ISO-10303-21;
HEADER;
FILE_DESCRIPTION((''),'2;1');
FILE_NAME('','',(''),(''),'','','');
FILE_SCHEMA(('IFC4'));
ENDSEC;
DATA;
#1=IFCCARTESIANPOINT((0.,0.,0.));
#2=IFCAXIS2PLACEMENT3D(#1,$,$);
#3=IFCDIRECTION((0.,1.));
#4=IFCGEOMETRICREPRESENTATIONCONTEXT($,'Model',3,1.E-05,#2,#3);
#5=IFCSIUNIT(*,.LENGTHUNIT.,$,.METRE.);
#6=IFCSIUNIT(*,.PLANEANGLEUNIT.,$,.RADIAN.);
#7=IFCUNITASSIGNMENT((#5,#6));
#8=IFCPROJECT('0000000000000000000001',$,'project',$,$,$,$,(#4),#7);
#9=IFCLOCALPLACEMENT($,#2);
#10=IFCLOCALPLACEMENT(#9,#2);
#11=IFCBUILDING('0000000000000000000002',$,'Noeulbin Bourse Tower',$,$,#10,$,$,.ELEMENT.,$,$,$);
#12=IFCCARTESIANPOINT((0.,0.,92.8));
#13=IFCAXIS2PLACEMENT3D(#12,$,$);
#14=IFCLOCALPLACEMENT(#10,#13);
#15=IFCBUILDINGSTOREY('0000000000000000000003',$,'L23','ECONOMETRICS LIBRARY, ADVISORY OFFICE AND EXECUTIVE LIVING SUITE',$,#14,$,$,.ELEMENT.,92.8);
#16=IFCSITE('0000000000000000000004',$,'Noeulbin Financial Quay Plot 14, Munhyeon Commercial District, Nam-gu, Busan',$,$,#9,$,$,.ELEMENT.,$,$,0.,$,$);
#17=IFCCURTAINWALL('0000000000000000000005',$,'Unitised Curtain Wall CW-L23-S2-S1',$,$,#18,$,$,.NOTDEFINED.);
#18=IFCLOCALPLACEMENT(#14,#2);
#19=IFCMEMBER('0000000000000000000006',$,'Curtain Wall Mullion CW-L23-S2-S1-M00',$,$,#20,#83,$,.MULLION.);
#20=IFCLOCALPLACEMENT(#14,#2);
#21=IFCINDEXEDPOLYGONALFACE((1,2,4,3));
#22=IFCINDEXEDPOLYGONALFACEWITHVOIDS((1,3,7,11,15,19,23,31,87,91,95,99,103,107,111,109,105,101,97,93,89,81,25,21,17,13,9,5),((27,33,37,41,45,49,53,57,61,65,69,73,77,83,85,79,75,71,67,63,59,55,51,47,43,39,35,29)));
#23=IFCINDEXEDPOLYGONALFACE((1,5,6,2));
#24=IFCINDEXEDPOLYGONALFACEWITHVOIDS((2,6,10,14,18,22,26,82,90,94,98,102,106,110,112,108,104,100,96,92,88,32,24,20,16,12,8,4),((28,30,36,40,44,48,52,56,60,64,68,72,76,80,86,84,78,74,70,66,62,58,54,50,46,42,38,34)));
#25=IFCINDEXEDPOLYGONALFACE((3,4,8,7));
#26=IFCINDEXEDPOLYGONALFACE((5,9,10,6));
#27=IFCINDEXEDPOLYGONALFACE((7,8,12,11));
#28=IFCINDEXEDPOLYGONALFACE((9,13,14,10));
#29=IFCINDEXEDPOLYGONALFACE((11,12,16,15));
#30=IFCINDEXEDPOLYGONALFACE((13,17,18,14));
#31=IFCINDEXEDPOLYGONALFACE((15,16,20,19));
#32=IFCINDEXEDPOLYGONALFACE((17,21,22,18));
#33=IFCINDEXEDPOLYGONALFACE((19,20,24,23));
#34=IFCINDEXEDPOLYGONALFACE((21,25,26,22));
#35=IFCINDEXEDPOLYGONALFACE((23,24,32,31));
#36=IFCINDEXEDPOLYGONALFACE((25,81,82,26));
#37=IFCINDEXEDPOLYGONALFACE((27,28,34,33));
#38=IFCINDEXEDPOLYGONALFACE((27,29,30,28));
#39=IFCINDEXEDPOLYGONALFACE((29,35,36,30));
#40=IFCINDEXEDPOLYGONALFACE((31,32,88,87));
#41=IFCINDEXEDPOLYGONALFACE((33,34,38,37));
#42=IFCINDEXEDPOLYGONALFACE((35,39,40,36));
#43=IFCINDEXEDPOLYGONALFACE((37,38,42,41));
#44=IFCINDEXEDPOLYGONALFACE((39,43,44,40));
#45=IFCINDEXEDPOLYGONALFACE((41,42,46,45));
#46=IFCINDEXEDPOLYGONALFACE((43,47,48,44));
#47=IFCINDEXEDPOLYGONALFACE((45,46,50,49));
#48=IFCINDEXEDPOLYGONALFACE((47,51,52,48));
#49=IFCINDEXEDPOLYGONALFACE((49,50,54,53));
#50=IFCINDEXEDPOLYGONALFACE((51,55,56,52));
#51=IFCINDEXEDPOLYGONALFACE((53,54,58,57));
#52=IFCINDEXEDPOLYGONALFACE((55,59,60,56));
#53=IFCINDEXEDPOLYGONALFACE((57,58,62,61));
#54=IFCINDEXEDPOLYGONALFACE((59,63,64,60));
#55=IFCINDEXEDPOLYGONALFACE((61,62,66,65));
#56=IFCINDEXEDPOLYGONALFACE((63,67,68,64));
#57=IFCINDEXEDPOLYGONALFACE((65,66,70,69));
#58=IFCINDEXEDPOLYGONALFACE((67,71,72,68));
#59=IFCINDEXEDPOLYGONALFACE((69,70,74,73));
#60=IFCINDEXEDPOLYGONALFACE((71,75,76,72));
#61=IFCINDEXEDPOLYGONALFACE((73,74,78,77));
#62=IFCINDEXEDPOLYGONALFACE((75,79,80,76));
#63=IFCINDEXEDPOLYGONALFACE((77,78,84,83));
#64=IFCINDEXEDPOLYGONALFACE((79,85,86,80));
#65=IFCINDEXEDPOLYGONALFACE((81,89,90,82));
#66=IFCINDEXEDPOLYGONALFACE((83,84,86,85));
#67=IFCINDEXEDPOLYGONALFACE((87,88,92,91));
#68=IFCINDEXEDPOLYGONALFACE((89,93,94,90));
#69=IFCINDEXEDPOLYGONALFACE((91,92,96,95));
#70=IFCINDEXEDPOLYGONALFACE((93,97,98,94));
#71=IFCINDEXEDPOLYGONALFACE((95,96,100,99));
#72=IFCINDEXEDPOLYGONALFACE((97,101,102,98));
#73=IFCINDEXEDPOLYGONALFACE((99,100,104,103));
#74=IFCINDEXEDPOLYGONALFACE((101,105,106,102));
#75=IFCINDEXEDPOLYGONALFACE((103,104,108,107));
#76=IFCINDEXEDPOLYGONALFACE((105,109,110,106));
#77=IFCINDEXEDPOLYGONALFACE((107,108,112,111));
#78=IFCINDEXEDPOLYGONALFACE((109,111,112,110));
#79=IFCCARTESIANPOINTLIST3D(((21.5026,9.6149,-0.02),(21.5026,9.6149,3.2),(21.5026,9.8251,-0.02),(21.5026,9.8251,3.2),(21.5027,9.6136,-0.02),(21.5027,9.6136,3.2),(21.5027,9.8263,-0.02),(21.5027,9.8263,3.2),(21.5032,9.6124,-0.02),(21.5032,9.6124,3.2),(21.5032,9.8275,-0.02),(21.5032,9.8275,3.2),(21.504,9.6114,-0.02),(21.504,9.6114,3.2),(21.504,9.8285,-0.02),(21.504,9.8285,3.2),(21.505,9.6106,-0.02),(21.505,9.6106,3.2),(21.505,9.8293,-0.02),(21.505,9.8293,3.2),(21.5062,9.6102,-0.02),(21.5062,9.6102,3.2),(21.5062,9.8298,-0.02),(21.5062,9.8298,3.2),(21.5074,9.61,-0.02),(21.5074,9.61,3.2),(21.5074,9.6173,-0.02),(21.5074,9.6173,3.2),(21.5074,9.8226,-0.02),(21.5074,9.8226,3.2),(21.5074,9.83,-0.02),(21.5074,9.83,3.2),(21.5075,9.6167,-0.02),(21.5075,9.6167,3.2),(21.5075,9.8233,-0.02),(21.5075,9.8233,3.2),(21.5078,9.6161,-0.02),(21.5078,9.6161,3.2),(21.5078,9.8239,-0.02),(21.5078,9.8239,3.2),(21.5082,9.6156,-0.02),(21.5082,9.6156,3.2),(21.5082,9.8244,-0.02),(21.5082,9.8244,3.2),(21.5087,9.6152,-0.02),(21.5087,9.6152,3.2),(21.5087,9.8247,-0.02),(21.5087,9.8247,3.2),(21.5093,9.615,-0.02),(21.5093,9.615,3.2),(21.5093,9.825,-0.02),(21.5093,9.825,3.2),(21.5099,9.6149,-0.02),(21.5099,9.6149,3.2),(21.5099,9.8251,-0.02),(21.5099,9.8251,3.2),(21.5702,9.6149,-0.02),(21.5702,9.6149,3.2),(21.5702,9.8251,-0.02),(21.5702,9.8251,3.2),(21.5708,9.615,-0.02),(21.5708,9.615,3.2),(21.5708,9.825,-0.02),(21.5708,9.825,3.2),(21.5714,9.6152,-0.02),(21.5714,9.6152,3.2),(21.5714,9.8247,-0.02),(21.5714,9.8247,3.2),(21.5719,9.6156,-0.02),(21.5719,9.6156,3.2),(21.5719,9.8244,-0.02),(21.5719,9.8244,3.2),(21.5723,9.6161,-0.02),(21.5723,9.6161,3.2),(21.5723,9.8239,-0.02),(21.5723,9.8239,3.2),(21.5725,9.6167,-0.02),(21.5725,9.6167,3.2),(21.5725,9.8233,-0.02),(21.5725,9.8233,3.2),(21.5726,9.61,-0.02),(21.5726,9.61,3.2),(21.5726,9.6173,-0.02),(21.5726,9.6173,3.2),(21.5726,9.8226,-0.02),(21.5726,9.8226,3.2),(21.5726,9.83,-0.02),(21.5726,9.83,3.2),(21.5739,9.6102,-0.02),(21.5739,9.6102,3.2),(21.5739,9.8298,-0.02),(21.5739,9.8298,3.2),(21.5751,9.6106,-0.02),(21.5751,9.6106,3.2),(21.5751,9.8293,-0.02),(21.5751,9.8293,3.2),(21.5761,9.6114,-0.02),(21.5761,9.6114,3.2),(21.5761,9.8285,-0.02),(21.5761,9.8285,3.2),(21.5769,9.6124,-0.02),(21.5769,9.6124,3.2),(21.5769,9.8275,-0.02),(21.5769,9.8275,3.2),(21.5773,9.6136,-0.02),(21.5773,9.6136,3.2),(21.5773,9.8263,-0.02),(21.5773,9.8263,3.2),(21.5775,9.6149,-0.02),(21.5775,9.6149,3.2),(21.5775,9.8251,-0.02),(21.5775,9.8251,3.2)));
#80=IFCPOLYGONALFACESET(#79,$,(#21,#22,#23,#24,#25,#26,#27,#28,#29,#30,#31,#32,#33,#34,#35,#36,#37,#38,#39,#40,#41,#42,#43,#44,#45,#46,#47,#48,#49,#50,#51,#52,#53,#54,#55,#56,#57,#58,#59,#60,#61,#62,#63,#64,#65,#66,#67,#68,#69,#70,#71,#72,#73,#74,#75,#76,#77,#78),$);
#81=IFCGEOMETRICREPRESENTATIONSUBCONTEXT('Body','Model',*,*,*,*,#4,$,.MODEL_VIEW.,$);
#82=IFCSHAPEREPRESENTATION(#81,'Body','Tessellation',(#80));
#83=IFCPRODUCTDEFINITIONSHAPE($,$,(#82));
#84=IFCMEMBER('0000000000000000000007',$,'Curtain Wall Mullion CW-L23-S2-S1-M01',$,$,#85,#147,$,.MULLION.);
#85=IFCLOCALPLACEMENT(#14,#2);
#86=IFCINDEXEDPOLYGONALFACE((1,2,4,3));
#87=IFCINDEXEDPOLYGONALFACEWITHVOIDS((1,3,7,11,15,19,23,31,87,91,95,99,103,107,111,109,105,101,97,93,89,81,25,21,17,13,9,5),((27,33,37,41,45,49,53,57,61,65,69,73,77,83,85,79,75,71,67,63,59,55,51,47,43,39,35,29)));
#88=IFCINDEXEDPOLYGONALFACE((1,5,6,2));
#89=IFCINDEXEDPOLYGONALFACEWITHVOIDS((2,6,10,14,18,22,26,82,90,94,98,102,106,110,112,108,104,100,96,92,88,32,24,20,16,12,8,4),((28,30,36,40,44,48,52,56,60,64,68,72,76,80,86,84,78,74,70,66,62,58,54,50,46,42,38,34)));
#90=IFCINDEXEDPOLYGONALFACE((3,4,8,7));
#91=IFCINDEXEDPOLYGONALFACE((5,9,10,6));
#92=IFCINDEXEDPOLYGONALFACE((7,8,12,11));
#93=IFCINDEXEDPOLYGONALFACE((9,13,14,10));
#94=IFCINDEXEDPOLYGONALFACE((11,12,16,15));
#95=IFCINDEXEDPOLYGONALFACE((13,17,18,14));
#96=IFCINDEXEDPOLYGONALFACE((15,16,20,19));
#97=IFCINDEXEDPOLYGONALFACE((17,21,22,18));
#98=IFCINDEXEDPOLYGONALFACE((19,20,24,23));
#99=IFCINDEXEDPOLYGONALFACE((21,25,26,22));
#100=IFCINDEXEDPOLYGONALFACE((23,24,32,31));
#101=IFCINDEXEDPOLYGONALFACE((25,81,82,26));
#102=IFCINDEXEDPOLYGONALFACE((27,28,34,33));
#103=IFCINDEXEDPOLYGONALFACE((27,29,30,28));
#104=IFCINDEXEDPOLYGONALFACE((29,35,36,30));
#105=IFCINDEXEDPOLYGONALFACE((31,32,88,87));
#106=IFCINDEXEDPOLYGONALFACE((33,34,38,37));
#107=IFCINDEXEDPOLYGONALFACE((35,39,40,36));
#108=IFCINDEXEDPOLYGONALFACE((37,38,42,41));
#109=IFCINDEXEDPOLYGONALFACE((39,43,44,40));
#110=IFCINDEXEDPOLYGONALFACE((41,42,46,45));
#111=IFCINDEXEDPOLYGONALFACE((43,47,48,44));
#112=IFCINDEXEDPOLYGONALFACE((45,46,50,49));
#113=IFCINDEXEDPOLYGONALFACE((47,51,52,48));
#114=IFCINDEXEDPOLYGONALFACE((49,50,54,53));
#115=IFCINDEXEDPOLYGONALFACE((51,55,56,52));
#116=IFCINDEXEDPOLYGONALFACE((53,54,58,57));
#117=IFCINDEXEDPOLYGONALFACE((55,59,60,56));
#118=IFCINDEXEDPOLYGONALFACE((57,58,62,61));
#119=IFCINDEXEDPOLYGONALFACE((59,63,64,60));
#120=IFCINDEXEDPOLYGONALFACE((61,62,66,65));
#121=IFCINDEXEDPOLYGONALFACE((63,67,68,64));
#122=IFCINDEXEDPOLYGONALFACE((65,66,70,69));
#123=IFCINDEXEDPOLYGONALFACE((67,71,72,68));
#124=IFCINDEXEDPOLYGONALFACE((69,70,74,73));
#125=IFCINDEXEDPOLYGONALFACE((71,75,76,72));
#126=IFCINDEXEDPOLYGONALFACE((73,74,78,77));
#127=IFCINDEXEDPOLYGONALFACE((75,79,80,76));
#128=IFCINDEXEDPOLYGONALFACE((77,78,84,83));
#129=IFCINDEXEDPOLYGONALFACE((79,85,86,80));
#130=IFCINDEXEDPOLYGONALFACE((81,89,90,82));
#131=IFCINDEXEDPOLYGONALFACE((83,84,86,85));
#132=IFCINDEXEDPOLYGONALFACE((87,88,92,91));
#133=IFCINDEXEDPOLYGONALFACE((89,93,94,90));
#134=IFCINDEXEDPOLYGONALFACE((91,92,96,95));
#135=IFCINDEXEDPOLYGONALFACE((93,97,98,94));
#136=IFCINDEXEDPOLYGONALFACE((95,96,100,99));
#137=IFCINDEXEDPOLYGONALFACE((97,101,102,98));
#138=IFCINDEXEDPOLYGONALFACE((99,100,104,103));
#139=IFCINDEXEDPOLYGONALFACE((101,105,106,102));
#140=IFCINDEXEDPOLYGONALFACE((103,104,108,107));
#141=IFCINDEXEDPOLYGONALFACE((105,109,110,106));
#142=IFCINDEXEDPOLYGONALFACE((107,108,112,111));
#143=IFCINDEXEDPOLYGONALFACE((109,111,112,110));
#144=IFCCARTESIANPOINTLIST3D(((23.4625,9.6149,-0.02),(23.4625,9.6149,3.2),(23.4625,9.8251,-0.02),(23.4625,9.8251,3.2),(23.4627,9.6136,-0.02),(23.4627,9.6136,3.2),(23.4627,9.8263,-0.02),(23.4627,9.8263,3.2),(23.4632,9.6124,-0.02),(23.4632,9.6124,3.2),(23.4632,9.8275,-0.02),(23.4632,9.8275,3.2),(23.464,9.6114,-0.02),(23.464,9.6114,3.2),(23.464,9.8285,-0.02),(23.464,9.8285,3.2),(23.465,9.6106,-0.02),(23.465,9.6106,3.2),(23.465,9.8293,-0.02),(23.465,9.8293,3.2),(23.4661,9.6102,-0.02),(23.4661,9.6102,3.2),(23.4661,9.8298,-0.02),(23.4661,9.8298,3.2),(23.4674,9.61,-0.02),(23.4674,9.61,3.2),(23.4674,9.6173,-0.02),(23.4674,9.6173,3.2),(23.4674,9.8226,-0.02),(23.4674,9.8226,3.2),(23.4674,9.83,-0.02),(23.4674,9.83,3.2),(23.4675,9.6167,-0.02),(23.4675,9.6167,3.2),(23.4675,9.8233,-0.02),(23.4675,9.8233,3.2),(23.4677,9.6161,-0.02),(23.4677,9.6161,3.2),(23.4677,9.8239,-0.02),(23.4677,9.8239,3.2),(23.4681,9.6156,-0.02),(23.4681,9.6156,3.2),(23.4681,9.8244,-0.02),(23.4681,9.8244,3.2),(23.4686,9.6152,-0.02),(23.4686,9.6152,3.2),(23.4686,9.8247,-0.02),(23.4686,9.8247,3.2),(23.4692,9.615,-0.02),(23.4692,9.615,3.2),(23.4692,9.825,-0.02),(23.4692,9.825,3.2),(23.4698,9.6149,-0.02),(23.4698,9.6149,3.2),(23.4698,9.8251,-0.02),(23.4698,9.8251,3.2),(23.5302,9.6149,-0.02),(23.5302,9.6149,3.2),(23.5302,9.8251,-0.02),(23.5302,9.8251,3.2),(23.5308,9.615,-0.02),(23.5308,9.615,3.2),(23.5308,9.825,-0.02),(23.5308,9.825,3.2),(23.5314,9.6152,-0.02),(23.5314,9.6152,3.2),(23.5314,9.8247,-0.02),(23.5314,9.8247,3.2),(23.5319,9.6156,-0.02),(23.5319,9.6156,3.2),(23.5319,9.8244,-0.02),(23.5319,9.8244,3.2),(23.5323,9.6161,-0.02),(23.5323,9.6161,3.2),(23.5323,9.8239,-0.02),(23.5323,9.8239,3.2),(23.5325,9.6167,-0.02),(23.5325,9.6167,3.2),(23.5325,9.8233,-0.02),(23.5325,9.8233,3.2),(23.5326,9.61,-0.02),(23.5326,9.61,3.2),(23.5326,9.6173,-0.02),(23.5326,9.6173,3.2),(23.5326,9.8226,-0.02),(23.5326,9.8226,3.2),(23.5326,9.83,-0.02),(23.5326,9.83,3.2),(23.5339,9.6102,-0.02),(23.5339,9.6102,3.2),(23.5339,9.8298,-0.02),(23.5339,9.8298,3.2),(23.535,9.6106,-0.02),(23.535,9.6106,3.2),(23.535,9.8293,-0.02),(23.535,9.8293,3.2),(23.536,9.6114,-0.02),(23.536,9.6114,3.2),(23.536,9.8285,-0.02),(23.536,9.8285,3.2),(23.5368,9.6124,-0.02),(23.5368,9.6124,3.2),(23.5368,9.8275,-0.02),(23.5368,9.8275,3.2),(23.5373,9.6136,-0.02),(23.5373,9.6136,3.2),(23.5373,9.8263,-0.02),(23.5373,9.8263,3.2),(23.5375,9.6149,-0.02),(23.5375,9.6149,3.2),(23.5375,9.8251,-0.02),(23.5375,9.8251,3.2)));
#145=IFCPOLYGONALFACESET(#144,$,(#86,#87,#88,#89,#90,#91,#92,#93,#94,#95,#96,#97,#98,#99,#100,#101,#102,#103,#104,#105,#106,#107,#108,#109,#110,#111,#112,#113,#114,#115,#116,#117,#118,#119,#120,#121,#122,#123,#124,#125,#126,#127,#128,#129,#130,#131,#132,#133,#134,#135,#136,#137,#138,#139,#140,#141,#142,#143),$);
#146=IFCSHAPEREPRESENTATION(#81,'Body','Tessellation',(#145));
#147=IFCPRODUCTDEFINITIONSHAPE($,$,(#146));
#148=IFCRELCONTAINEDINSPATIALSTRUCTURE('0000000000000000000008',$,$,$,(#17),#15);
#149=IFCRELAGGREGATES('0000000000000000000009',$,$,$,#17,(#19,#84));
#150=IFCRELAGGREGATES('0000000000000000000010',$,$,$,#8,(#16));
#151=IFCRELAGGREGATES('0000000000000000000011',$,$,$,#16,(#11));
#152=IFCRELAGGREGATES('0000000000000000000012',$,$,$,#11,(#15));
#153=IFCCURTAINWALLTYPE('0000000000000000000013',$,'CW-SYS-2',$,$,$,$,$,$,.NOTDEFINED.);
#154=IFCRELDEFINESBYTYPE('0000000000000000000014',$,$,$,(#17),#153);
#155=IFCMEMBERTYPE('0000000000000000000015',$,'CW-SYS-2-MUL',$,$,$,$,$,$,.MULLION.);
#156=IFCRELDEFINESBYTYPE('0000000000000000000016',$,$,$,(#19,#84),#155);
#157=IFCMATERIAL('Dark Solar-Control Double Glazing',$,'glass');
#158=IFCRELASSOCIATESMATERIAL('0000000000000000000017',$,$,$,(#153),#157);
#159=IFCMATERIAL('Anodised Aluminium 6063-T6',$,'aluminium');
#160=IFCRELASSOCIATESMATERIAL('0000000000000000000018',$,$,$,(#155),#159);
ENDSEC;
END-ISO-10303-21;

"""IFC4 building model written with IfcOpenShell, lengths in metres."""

from ifc_helpers import new_model, si_unit, direction, frame, origin, origin_2d, place, context, subcontext, project, spatial, hollow_rectangle, extrude, material, material_profile, profile_set, type_object, element, aggregate, save


model = new_model("IFC4")

# Units and contexts
model_context = context("Model", 3, precision=1e-05, world=origin(), true_north=direction((0.0, 1.0)))
body_context = subcontext(model_context, "Body", "Model", "MODEL_VIEW")
ifc_project = project(units=[si_unit("LENGTHUNIT", "METRE"), si_unit("PLANEANGLEUNIT", "RADIAN")], contexts=[model_context])

# Site, building, storey
site_placement = place(None, origin())
site = spatial("IfcSite", under=ifc_project, at=site_placement, Name="Noeulbin Financial Quay Plot 14, Munhyeon Commercial District, Nam-gu, Busan", CompositionType="ELEMENT", RefElevation=0.0)
building_placement = place(site_placement, origin())
building = spatial("IfcBuilding", under=site, at=building_placement, Name="Noeulbin Bourse Tower", CompositionType="ELEMENT")
storey_placement = place(building_placement, frame((0.0, 0.0, 92.8)))
storey = spatial("IfcBuildingStorey", under=building, at=storey_placement, Name="L23", Description="ECONOMETRICS LIBRARY, ADVISORY OFFICE AND EXECUTIVE LIVING SUITE", CompositionType="ELEMENT", Elevation=92.8)

# Shared definitions
ifc_material_1 = material(Name="Dark Solar-Control Double Glazing", Category="glass")
curtain_wall_type = type_object("IfcCurtainWallType", Name="CW-SYS-2", PredefinedType="NOTDEFINED", material=ifc_material_1)
ifc_material_2 = material(Name="Anodised Aluminium 6063-T6", Category="aluminium")
ifc_material_profile_1 = material_profile(ifc_material_2, hollow_rectangle(XDim=0.075, YDim=0.22, WallThickness=0.0049, InnerFilletRadius=0.0024, OuterFilletRadius=0.0049, at=origin_2d()), Name="ALU-MULL-75x220x5", Category="LoadBearing")
ifc_profile_set_1 = profile_set([ifc_material_profile_1], Name="Anodised Aluminium 6063-T6")
member_type_1 = type_object("IfcMemberType", Name="CW-SYS-2-MUL", PredefinedType="MULLION", material=ifc_profile_set_1)

# Curtain wall, members
curtain_wall_1_placement = place(storey_placement, origin())
curtain_wall_1 = element("IfcCurtainWall", 1, at=curtain_wall_1_placement, inside=storey, type_object=curtain_wall_type, Name="Unitised Curtain Wall CW-L23-S2-S1", PredefinedType="NOTDEFINED")
member_1_placement = place(storey_placement, frame((21.54, 9.72, -0.02), z_axis=(0.0, 0.0, 1.0), x_axis=(1.0, 0.0, 0.0)))
member_1 = element("IfcMember", 2, at=member_1_placement, type_object=member_type_1, Name="Curtain Wall Mullion CW-L23-S2-S1-M00", PredefinedType="MULLION", context=body_context, shape_type="SweptSolid", body=[
    extrude(hollow_rectangle(XDim=0.075, YDim=0.22, WallThickness=0.0049, InnerFilletRadius=0.0024, OuterFilletRadius=0.0049, at=origin_2d()), origin(), (0.0, 0.0, 1.0), 3.22),
])
member_2_placement = place(storey_placement, frame((23.5, 9.72, -0.02), z_axis=(0.0, 0.0, 1.0), x_axis=(1.0, 0.0, 0.0)))
member_2 = element("IfcMember", 3, at=member_2_placement, type_object=member_type_1, Name="Curtain Wall Mullion CW-L23-S2-S1-M01", PredefinedType="MULLION", context=body_context, shape_type="SweptSolid", body=[
    extrude(hollow_rectangle(XDim=0.075, YDim=0.22, WallThickness=0.0049, InnerFilletRadius=0.0024, OuterFilletRadius=0.0049, at=origin_2d()), origin(), (0.0, 0.0, 1.0), 3.22),
])

aggregate(curtain_wall_1, [member_1, member_2])

save(model, "model.ifc")
